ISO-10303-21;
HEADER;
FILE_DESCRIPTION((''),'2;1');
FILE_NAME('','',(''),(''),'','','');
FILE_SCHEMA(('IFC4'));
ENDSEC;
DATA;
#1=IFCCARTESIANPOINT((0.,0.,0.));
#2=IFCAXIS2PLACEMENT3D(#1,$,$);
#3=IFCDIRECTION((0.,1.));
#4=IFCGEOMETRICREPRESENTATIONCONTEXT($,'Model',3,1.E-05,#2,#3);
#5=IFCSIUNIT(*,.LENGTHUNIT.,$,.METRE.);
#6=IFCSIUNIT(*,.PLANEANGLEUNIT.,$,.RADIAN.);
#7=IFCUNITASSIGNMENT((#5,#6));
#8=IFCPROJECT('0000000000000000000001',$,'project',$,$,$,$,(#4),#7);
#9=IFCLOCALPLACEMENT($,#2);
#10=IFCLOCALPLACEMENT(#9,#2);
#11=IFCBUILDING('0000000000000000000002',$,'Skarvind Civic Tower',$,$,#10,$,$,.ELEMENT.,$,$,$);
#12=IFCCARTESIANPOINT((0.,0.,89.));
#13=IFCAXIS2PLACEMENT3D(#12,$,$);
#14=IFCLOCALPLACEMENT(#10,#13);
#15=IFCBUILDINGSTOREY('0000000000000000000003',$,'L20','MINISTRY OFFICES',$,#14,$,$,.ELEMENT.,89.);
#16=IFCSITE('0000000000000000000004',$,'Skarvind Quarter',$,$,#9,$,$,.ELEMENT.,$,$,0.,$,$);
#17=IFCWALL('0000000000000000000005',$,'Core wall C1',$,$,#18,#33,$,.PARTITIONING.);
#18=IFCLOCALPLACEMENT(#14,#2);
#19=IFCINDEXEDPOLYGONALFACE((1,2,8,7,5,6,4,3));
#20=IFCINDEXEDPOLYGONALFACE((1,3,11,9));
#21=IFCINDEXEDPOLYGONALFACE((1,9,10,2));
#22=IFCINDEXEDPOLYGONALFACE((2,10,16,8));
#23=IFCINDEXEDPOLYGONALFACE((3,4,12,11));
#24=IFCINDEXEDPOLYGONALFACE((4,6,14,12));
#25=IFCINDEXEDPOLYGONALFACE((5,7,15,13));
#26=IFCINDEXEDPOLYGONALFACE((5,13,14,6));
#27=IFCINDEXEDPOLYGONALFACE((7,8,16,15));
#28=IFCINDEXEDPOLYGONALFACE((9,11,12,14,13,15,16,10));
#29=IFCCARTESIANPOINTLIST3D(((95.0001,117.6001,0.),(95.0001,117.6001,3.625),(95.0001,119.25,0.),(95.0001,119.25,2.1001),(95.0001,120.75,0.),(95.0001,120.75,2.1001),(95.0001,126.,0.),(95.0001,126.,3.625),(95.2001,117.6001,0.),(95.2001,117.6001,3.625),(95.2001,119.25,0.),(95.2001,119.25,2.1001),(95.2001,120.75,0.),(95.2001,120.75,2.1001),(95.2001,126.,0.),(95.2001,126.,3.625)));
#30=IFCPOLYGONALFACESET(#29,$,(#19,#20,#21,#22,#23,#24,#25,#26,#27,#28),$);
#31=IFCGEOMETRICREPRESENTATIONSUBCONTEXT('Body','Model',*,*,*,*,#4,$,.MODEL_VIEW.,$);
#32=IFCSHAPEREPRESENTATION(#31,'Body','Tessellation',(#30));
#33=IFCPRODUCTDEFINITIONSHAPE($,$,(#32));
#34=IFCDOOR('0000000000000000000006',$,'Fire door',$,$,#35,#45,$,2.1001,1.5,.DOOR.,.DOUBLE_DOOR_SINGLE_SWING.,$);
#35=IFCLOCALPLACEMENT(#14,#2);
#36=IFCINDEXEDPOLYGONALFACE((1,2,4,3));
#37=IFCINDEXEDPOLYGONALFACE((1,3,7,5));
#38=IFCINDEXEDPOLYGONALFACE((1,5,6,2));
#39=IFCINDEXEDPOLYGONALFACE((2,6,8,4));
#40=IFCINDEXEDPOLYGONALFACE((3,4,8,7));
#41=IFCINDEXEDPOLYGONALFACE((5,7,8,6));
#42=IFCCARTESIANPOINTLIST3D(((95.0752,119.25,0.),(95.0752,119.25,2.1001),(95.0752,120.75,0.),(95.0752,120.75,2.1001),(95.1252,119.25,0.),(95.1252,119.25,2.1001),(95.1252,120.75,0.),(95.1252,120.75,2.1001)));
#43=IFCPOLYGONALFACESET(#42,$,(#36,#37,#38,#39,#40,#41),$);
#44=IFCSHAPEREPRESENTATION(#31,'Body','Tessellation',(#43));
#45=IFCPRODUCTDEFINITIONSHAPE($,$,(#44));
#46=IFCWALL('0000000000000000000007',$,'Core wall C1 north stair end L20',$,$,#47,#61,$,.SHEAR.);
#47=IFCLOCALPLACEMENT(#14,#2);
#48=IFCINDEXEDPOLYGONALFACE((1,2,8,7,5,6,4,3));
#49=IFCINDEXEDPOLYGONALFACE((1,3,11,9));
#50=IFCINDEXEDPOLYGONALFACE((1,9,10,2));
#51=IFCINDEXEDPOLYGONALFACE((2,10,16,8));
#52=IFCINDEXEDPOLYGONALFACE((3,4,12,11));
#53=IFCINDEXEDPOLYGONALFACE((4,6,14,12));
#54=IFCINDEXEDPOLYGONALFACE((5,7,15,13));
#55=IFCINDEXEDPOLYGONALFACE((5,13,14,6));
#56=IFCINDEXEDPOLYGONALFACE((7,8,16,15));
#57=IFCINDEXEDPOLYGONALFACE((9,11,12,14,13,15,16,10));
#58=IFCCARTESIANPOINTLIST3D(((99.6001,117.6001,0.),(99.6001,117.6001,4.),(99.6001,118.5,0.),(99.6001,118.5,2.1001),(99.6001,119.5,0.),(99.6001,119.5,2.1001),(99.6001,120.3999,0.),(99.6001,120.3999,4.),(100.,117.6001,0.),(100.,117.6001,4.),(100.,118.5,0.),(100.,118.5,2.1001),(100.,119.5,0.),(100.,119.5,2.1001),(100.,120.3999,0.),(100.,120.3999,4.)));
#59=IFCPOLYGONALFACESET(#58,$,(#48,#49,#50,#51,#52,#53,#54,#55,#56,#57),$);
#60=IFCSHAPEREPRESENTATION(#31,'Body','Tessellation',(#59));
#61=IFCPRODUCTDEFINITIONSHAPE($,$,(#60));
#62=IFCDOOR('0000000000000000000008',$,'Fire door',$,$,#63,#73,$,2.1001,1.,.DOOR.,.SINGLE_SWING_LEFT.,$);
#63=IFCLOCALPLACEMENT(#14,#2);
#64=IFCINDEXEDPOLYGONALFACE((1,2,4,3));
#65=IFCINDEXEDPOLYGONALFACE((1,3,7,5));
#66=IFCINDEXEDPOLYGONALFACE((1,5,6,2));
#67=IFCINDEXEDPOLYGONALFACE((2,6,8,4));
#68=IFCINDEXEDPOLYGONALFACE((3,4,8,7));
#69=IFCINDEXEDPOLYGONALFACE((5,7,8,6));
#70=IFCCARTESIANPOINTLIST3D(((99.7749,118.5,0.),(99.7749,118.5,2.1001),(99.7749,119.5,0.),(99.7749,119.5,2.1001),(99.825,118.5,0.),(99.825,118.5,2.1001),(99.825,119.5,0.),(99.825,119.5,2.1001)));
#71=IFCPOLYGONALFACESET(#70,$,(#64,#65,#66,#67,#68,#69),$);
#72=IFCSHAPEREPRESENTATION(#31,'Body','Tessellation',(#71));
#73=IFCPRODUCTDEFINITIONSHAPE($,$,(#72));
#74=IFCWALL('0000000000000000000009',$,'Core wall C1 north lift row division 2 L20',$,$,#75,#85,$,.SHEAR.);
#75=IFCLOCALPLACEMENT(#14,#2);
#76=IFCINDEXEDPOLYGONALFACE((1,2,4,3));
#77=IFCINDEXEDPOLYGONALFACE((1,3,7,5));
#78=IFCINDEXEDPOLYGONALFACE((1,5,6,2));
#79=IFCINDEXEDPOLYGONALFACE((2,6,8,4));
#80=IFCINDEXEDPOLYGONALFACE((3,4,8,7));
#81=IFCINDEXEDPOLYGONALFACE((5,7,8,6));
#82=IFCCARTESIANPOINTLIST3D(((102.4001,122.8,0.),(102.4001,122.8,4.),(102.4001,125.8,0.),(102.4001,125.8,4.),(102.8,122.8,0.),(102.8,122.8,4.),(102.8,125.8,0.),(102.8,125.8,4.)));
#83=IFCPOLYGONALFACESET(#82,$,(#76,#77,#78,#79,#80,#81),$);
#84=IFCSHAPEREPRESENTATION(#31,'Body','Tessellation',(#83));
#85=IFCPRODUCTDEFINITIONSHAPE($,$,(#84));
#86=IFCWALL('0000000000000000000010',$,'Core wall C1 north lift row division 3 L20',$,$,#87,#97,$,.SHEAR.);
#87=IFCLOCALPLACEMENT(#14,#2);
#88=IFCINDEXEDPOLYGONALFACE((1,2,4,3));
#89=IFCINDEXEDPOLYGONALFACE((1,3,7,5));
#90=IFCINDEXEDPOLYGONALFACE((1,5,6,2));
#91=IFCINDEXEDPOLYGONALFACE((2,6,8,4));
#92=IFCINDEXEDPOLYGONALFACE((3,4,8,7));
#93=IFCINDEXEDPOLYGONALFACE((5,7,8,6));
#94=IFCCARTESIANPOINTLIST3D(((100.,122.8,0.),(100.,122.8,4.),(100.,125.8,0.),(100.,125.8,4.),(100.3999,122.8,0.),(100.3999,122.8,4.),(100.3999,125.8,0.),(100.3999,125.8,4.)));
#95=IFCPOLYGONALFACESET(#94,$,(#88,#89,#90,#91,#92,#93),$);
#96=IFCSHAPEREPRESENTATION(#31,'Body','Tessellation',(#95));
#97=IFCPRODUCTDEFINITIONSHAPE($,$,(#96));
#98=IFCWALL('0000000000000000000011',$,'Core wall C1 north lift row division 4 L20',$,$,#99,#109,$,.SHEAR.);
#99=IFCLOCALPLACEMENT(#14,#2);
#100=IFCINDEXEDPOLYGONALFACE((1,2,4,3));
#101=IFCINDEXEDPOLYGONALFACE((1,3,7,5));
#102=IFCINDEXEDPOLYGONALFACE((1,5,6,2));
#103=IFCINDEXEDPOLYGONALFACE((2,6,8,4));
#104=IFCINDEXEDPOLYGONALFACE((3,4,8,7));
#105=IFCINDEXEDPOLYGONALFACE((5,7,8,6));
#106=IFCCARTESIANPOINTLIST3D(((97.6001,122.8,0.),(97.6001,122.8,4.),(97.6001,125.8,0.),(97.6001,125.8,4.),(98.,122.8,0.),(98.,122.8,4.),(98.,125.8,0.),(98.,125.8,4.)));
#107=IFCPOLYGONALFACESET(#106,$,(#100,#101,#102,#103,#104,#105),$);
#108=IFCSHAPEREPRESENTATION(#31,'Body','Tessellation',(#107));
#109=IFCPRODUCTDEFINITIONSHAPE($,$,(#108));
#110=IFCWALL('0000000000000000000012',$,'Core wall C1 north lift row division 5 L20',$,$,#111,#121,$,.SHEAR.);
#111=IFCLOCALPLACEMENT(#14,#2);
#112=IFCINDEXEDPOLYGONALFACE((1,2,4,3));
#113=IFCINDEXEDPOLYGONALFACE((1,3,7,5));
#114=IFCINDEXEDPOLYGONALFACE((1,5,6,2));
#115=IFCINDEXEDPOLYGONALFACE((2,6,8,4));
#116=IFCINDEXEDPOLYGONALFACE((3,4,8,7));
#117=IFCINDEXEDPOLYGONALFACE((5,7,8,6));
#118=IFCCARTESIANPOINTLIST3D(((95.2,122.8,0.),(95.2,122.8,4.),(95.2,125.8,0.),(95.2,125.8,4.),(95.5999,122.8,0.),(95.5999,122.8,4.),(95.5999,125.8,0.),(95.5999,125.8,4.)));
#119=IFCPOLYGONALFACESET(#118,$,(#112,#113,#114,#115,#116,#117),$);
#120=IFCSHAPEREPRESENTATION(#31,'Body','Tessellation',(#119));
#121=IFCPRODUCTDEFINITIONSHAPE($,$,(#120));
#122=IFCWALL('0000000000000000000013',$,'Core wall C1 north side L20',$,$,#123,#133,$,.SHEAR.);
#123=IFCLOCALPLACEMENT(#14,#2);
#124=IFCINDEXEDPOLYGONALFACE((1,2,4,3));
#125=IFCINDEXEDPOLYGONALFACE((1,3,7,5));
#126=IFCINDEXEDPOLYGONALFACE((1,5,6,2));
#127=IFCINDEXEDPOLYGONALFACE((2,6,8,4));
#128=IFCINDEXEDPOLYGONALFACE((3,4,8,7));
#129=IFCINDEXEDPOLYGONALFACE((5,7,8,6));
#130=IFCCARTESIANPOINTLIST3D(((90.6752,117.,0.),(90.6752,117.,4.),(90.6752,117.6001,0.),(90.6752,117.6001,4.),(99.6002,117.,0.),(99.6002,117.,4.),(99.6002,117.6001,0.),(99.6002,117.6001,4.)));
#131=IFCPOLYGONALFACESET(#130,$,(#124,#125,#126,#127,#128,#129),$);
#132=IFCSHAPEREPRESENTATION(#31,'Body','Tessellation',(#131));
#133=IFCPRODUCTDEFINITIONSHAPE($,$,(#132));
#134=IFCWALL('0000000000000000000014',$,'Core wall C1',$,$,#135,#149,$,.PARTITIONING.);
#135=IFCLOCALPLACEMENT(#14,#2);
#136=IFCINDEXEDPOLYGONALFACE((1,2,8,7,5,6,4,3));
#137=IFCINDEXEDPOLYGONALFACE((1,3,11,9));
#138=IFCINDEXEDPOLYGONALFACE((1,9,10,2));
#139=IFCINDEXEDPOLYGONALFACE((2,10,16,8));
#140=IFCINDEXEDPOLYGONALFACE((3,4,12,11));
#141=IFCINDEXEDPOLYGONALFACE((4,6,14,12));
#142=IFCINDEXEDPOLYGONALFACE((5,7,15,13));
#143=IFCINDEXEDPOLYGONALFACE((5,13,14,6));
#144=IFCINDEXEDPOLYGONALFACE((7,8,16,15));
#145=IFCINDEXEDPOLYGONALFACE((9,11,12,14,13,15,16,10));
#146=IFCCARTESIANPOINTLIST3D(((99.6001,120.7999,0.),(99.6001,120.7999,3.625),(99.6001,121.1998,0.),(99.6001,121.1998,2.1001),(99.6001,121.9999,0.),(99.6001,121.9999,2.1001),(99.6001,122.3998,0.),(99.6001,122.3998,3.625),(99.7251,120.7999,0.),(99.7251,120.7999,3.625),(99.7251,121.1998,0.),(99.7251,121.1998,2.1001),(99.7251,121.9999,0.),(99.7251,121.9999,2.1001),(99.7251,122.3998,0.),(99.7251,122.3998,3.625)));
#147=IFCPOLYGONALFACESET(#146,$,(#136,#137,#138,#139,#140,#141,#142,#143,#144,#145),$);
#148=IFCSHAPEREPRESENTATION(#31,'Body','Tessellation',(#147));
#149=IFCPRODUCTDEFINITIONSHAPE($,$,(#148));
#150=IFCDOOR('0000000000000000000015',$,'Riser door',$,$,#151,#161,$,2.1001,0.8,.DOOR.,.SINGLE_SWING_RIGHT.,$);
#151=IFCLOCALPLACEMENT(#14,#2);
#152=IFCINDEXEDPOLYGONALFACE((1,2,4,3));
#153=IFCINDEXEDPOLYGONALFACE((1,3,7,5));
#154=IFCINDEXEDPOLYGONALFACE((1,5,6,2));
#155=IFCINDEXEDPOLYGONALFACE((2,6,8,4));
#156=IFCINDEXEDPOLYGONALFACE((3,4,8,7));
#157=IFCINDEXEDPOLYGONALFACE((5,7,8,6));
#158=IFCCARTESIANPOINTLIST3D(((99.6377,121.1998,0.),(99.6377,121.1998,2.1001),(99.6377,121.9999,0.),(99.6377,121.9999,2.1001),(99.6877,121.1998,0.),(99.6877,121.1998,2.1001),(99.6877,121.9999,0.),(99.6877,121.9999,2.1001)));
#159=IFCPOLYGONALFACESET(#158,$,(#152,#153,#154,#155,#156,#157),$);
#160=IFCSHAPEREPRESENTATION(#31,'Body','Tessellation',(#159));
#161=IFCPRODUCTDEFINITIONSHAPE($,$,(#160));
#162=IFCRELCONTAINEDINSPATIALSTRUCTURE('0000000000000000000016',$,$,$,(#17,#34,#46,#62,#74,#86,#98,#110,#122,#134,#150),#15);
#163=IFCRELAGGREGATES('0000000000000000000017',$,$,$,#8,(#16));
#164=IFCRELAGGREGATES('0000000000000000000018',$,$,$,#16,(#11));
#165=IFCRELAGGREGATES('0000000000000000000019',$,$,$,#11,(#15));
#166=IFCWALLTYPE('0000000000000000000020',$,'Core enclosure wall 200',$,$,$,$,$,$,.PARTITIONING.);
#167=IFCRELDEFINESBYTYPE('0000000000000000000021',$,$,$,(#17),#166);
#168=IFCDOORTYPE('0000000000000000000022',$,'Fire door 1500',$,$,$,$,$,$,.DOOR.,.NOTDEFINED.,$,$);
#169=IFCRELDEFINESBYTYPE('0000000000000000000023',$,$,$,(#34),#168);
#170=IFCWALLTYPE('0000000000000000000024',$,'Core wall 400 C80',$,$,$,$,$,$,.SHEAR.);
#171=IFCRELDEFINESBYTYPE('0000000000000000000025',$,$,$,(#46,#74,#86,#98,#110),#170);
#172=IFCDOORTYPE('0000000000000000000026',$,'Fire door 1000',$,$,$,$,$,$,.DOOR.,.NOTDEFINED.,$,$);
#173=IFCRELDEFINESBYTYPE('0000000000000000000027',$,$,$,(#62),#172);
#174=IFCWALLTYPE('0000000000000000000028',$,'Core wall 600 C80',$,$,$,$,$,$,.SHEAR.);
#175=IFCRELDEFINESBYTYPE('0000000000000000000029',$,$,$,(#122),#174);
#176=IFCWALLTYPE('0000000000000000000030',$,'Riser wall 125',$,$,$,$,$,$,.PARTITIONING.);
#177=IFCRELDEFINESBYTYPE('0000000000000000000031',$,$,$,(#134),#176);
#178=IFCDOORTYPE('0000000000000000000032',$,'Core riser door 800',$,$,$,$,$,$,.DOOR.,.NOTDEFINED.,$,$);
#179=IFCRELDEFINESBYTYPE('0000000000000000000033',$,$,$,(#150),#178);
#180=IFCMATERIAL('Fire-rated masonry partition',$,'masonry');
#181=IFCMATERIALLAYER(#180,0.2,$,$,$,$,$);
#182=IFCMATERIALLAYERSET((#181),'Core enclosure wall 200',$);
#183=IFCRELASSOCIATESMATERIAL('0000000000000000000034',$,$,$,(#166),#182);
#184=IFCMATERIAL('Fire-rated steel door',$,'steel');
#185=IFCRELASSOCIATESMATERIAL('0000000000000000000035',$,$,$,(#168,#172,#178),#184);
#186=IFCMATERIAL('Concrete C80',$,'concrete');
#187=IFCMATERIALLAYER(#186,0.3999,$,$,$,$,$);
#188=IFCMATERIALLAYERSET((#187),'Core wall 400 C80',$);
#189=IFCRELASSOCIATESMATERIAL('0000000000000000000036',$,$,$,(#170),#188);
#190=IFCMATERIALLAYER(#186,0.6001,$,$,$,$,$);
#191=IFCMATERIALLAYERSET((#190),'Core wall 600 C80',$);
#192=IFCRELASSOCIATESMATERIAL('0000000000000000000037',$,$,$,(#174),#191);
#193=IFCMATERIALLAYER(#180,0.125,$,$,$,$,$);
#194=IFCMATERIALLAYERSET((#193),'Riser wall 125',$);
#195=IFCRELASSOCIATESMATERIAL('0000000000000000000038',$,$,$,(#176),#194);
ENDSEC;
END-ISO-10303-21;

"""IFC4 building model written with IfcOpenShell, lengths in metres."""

from ifc_helpers import new_model, si_unit, direction, frame, frame_2d, origin, place, context, subcontext, project, spatial, rectangle, extrude, material, layer, layer_set, type_object, element, fill, save


model = new_model("IFC4")

# Units and contexts
model_context = context("Model", 3, precision=1e-05, world=origin(), true_north=direction((0.0, 1.0)))
body_context = subcontext(model_context, "Body", "Model", "MODEL_VIEW")
ifc_project = project(units=[si_unit("LENGTHUNIT", "METRE"), si_unit("PLANEANGLEUNIT", "RADIAN")], contexts=[model_context])

# Site, building, storey
site_placement = place(None, origin())
site = spatial("IfcSite", under=ifc_project, at=site_placement, Name="Skarvind Quarter", CompositionType="ELEMENT", RefElevation=0.0)
building_placement = place(site_placement, origin())
building = spatial("IfcBuilding", under=site, at=building_placement, Name="Skarvind Civic Tower", CompositionType="ELEMENT")
storey_placement = place(building_placement, frame((0.0, 0.0, 89.0)))
storey = spatial("IfcBuildingStorey", under=building, at=storey_placement, Name="L20", Description="MINISTRY OFFICES", CompositionType="ELEMENT", Elevation=89.0)

# Walls, openings, doors
ifc_material_1 = material(Name="Fire-rated masonry partition", Category="masonry")
ifc_layer_1 = layer(ifc_material_1, 0.2)
ifc_layer_set_1 = layer_set([ifc_layer_1], Name="Core enclosure wall 200")
wall_type_1 = type_object("IfcWallType", Name="Core enclosure wall 200", PredefinedType="PARTITIONING", material=ifc_layer_set_1)
wall_1_placement = place(storey_placement, frame((95.1001, 117.6001, 0.0), z_axis=(0.0, 0.0, 1.0), x_axis=(0.0, 1.0, 0.0)))
wall_1 = element("IfcWall", 1, at=wall_1_placement, inside=storey, type_object=wall_type_1, Name="Core wall C1", PredefinedType="PARTITIONING", context=body_context, shape_type="SweptSolid", body=[
    extrude(rectangle(XDim=8.3999, YDim=0.2, at=frame_2d((4.2, 0.0))), origin(), (0.0, 0.0, 1.0), 3.625),
])
opening_1_placement = place(wall_1_placement, frame((1.6499, 0.0, 0.0)))
opening_1 = element("IfcOpeningElement", 2, at=opening_1_placement, cuts=wall_1, PredefinedType="OPENING", context=body_context, shape_type="SweptSolid", body=[
    extrude(rectangle(XDim=1.5, YDim=2.1001, at=frame_2d((0.75, 1.05))), frame((0.0, 0.1099, 0.0), z_axis=(0.0, -1.0, 0.0), x_axis=(1.0, 0.0, 0.0)), (0.0, 0.0, 1.0), 0.22),
])
ifc_material_2 = material(Name="Fire-rated steel door", Category="steel")
door_type_1 = type_object("IfcDoorType", Name="Fire door 1500", OperationType="NOTDEFINED", PredefinedType="DOOR", material=ifc_material_2)
door_1_placement = place(opening_1_placement, origin())
door_1 = element("IfcDoor", 3, at=door_1_placement, inside=storey, type_object=door_type_1, Name="Fire door", OperationType="DOUBLE_DOOR_SINGLE_SWING", OverallHeight=2.1001, OverallWidth=1.5, PredefinedType="DOOR", context=body_context, shape_type="SweptSolid", body=[
    extrude(rectangle(XDim=1.5, YDim=2.1001, at=frame_2d((0.75, 1.05))), frame((0.0, 0.0249, 0.0), z_axis=(0.0, -1.0, 0.0), x_axis=(1.0, 0.0, 0.0)), (0.0, 0.0, 1.0), 0.05),
])
fill(opening_1, door_1)
ifc_material_3 = material(Name="Concrete C80", Category="concrete")
ifc_layer_2 = layer(ifc_material_3, 0.3999)
ifc_layer_set_2 = layer_set([ifc_layer_2], Name="Core wall 400 C80")
wall_type_2 = type_object("IfcWallType", Name="Core wall 400 C80", PredefinedType="SHEAR", material=ifc_layer_set_2)
wall_2_placement = place(storey_placement, frame((99.8, 120.3999, 0.0), z_axis=(0.0, 0.0, 1.0), x_axis=(0.0, -1.0, 0.0)))
wall_2 = element("IfcWall", 4, at=wall_2_placement, inside=storey, type_object=wall_type_2, Name="Core wall C1 north stair end L20", PredefinedType="SHEAR", context=body_context, shape_type="SweptSolid", body=[
    extrude(rectangle(XDim=2.7998, YDim=0.3999, at=frame_2d((1.3999, 0.0))), origin(), (0.0, 0.0, 1.0), 4.0),
])
opening_2_placement = place(wall_2_placement, frame((0.8999, 0.0, 0.0)))
opening_2 = element("IfcOpeningElement", 5, at=opening_2_placement, cuts=wall_2, PredefinedType="OPENING", context=body_context, shape_type="SweptSolid", body=[
    extrude(rectangle(XDim=1.0, YDim=2.1001, at=frame_2d((0.5, 1.05))), frame((0.0, 0.21, 0.0), z_axis=(0.0, -1.0, 0.0), x_axis=(1.0, 0.0, 0.0)), (0.0, 0.0, 1.0), 0.4199),
])
door_type_2 = type_object("IfcDoorType", Name="Fire door 1000", OperationType="NOTDEFINED", PredefinedType="DOOR", material=ifc_material_2)
door_2_placement = place(opening_2_placement, origin())
door_2 = element("IfcDoor", 6, at=door_2_placement, inside=storey, type_object=door_type_2, Name="Fire door", OperationType="SINGLE_SWING_LEFT", OverallHeight=2.1001, OverallWidth=1.0, PredefinedType="DOOR", context=body_context, shape_type="SweptSolid", body=[
    extrude(rectangle(XDim=1.0, YDim=2.1001, at=frame_2d((0.5, 1.05))), frame((0.0, 0.0249, 0.0), z_axis=(0.0, -1.0, 0.0), x_axis=(1.0, 0.0, 0.0)), (0.0, 0.0, 1.0), 0.05),
])
fill(opening_2, door_2)

# Walls
for number, where, z_axis, x_axis, name in (
    (7, (102.6001, 125.8, 0.0), (0.0, 0.0, 1.0), (0.0, -1.0, 0.0), "Core wall C1 north lift row division 2 L20"),
    (8, (100.2, 125.8, 0.0), (0.0, 0.0, 1.0), (0.0, -1.0, 0.0), "Core wall C1 north lift row division 3 L20"),
    (9, (97.8, 125.8, 0.0), (0.0, 0.0, 1.0), (0.0, -1.0, 0.0), "Core wall C1 north lift row division 4 L20"),
    (10, (95.3999, 125.8, 0.0), (0.0, 0.0, 1.0), (0.0, -1.0, 0.0), "Core wall C1 north lift row division 5 L20"),
):
    element("IfcWall", number, at=place(storey_placement, frame(where, z_axis=z_axis, x_axis=x_axis)), inside=storey, type_object=wall_type_2, Name=name, PredefinedType="SHEAR", context=body_context, shape_type="SweptSolid", body=[
        extrude(rectangle(XDim=3.0, YDim=0.3999, at=frame_2d((1.5, 0.0))), origin(), (0.0, 0.0, 1.0), 4.0),
    ])
ifc_layer_3 = layer(ifc_material_3, 0.6001)
ifc_layer_set_3 = layer_set([ifc_layer_3], Name="Core wall 600 C80")
wall_type_3 = type_object("IfcWallType", Name="Core wall 600 C80", PredefinedType="SHEAR", material=ifc_layer_set_3)
wall_3_placement = place(storey_placement, frame((99.6001, 117.3, 0.0), z_axis=(0.0, 0.0, 1.0), x_axis=(-1.0, 0.0, 0.0)))
element("IfcWall", 11, at=wall_3_placement, inside=storey, type_object=wall_type_3, Name="Core wall C1 north side L20", PredefinedType="SHEAR", context=body_context, shape_type="SweptSolid", body=[
    extrude(rectangle(XDim=8.925, YDim=0.6001, at=frame_2d((4.4624, 0.0))), origin(), (0.0, 0.0, 1.0), 4.0),
])

# Wall, opening, door
ifc_layer_4 = layer(ifc_material_1, 0.125)
ifc_layer_set_4 = layer_set([ifc_layer_4], Name="Riser wall 125")
wall_type_4 = type_object("IfcWallType", Name="Riser wall 125", PredefinedType="PARTITIONING", material=ifc_layer_set_4)
wall_4_placement = place(storey_placement, frame((99.6626, 120.8, 0.0), z_axis=(0.0, 0.0, 1.0), x_axis=(0.0, 1.0, 0.0)))
wall_4 = element("IfcWall", 12, at=wall_4_placement, inside=storey, type_object=wall_type_4, Name="Core wall C1", PredefinedType="PARTITIONING", context=body_context, shape_type="SweptSolid", body=[
    extrude(rectangle(XDim=1.5999, YDim=0.125, at=frame_2d((0.7998, 0.0))), origin(), (0.0, 0.0, 1.0), 3.625),
])
opening_3_placement = place(wall_4_placement, frame((0.3999, 0.0, 0.0)))
opening_3 = element("IfcOpeningElement", 13, at=opening_3_placement, cuts=wall_4, PredefinedType="OPENING", context=body_context, shape_type="SweptSolid", body=[
    extrude(rectangle(XDim=0.8, YDim=2.1001, at=frame_2d((0.3999, 1.05))), frame((0.0, 0.0725, 0.0), z_axis=(0.0, -1.0, 0.0), x_axis=(1.0, 0.0, 0.0)), (0.0, 0.0, 1.0), 0.145),
])
door_type_3 = type_object("IfcDoorType", Name="Core riser door 800", OperationType="NOTDEFINED", PredefinedType="DOOR", material=ifc_material_2)
door_3_placement = place(opening_3_placement, origin())
door_3 = element("IfcDoor", 14, at=door_3_placement, inside=storey, type_object=door_type_3, Name="Riser door", OperationType="SINGLE_SWING_RIGHT", OverallHeight=2.1001, OverallWidth=0.8, PredefinedType="DOOR", context=body_context, shape_type="SweptSolid", body=[
    extrude(rectangle(XDim=0.8, YDim=2.1001, at=frame_2d((0.3999, 1.05))), frame((0.0, 0.0249, 0.0), z_axis=(0.0, -1.0, 0.0), x_axis=(1.0, 0.0, 0.0)), (0.0, 0.0, 1.0), 0.05),
])
fill(opening_3, door_3)

save(model, "model.ifc")
